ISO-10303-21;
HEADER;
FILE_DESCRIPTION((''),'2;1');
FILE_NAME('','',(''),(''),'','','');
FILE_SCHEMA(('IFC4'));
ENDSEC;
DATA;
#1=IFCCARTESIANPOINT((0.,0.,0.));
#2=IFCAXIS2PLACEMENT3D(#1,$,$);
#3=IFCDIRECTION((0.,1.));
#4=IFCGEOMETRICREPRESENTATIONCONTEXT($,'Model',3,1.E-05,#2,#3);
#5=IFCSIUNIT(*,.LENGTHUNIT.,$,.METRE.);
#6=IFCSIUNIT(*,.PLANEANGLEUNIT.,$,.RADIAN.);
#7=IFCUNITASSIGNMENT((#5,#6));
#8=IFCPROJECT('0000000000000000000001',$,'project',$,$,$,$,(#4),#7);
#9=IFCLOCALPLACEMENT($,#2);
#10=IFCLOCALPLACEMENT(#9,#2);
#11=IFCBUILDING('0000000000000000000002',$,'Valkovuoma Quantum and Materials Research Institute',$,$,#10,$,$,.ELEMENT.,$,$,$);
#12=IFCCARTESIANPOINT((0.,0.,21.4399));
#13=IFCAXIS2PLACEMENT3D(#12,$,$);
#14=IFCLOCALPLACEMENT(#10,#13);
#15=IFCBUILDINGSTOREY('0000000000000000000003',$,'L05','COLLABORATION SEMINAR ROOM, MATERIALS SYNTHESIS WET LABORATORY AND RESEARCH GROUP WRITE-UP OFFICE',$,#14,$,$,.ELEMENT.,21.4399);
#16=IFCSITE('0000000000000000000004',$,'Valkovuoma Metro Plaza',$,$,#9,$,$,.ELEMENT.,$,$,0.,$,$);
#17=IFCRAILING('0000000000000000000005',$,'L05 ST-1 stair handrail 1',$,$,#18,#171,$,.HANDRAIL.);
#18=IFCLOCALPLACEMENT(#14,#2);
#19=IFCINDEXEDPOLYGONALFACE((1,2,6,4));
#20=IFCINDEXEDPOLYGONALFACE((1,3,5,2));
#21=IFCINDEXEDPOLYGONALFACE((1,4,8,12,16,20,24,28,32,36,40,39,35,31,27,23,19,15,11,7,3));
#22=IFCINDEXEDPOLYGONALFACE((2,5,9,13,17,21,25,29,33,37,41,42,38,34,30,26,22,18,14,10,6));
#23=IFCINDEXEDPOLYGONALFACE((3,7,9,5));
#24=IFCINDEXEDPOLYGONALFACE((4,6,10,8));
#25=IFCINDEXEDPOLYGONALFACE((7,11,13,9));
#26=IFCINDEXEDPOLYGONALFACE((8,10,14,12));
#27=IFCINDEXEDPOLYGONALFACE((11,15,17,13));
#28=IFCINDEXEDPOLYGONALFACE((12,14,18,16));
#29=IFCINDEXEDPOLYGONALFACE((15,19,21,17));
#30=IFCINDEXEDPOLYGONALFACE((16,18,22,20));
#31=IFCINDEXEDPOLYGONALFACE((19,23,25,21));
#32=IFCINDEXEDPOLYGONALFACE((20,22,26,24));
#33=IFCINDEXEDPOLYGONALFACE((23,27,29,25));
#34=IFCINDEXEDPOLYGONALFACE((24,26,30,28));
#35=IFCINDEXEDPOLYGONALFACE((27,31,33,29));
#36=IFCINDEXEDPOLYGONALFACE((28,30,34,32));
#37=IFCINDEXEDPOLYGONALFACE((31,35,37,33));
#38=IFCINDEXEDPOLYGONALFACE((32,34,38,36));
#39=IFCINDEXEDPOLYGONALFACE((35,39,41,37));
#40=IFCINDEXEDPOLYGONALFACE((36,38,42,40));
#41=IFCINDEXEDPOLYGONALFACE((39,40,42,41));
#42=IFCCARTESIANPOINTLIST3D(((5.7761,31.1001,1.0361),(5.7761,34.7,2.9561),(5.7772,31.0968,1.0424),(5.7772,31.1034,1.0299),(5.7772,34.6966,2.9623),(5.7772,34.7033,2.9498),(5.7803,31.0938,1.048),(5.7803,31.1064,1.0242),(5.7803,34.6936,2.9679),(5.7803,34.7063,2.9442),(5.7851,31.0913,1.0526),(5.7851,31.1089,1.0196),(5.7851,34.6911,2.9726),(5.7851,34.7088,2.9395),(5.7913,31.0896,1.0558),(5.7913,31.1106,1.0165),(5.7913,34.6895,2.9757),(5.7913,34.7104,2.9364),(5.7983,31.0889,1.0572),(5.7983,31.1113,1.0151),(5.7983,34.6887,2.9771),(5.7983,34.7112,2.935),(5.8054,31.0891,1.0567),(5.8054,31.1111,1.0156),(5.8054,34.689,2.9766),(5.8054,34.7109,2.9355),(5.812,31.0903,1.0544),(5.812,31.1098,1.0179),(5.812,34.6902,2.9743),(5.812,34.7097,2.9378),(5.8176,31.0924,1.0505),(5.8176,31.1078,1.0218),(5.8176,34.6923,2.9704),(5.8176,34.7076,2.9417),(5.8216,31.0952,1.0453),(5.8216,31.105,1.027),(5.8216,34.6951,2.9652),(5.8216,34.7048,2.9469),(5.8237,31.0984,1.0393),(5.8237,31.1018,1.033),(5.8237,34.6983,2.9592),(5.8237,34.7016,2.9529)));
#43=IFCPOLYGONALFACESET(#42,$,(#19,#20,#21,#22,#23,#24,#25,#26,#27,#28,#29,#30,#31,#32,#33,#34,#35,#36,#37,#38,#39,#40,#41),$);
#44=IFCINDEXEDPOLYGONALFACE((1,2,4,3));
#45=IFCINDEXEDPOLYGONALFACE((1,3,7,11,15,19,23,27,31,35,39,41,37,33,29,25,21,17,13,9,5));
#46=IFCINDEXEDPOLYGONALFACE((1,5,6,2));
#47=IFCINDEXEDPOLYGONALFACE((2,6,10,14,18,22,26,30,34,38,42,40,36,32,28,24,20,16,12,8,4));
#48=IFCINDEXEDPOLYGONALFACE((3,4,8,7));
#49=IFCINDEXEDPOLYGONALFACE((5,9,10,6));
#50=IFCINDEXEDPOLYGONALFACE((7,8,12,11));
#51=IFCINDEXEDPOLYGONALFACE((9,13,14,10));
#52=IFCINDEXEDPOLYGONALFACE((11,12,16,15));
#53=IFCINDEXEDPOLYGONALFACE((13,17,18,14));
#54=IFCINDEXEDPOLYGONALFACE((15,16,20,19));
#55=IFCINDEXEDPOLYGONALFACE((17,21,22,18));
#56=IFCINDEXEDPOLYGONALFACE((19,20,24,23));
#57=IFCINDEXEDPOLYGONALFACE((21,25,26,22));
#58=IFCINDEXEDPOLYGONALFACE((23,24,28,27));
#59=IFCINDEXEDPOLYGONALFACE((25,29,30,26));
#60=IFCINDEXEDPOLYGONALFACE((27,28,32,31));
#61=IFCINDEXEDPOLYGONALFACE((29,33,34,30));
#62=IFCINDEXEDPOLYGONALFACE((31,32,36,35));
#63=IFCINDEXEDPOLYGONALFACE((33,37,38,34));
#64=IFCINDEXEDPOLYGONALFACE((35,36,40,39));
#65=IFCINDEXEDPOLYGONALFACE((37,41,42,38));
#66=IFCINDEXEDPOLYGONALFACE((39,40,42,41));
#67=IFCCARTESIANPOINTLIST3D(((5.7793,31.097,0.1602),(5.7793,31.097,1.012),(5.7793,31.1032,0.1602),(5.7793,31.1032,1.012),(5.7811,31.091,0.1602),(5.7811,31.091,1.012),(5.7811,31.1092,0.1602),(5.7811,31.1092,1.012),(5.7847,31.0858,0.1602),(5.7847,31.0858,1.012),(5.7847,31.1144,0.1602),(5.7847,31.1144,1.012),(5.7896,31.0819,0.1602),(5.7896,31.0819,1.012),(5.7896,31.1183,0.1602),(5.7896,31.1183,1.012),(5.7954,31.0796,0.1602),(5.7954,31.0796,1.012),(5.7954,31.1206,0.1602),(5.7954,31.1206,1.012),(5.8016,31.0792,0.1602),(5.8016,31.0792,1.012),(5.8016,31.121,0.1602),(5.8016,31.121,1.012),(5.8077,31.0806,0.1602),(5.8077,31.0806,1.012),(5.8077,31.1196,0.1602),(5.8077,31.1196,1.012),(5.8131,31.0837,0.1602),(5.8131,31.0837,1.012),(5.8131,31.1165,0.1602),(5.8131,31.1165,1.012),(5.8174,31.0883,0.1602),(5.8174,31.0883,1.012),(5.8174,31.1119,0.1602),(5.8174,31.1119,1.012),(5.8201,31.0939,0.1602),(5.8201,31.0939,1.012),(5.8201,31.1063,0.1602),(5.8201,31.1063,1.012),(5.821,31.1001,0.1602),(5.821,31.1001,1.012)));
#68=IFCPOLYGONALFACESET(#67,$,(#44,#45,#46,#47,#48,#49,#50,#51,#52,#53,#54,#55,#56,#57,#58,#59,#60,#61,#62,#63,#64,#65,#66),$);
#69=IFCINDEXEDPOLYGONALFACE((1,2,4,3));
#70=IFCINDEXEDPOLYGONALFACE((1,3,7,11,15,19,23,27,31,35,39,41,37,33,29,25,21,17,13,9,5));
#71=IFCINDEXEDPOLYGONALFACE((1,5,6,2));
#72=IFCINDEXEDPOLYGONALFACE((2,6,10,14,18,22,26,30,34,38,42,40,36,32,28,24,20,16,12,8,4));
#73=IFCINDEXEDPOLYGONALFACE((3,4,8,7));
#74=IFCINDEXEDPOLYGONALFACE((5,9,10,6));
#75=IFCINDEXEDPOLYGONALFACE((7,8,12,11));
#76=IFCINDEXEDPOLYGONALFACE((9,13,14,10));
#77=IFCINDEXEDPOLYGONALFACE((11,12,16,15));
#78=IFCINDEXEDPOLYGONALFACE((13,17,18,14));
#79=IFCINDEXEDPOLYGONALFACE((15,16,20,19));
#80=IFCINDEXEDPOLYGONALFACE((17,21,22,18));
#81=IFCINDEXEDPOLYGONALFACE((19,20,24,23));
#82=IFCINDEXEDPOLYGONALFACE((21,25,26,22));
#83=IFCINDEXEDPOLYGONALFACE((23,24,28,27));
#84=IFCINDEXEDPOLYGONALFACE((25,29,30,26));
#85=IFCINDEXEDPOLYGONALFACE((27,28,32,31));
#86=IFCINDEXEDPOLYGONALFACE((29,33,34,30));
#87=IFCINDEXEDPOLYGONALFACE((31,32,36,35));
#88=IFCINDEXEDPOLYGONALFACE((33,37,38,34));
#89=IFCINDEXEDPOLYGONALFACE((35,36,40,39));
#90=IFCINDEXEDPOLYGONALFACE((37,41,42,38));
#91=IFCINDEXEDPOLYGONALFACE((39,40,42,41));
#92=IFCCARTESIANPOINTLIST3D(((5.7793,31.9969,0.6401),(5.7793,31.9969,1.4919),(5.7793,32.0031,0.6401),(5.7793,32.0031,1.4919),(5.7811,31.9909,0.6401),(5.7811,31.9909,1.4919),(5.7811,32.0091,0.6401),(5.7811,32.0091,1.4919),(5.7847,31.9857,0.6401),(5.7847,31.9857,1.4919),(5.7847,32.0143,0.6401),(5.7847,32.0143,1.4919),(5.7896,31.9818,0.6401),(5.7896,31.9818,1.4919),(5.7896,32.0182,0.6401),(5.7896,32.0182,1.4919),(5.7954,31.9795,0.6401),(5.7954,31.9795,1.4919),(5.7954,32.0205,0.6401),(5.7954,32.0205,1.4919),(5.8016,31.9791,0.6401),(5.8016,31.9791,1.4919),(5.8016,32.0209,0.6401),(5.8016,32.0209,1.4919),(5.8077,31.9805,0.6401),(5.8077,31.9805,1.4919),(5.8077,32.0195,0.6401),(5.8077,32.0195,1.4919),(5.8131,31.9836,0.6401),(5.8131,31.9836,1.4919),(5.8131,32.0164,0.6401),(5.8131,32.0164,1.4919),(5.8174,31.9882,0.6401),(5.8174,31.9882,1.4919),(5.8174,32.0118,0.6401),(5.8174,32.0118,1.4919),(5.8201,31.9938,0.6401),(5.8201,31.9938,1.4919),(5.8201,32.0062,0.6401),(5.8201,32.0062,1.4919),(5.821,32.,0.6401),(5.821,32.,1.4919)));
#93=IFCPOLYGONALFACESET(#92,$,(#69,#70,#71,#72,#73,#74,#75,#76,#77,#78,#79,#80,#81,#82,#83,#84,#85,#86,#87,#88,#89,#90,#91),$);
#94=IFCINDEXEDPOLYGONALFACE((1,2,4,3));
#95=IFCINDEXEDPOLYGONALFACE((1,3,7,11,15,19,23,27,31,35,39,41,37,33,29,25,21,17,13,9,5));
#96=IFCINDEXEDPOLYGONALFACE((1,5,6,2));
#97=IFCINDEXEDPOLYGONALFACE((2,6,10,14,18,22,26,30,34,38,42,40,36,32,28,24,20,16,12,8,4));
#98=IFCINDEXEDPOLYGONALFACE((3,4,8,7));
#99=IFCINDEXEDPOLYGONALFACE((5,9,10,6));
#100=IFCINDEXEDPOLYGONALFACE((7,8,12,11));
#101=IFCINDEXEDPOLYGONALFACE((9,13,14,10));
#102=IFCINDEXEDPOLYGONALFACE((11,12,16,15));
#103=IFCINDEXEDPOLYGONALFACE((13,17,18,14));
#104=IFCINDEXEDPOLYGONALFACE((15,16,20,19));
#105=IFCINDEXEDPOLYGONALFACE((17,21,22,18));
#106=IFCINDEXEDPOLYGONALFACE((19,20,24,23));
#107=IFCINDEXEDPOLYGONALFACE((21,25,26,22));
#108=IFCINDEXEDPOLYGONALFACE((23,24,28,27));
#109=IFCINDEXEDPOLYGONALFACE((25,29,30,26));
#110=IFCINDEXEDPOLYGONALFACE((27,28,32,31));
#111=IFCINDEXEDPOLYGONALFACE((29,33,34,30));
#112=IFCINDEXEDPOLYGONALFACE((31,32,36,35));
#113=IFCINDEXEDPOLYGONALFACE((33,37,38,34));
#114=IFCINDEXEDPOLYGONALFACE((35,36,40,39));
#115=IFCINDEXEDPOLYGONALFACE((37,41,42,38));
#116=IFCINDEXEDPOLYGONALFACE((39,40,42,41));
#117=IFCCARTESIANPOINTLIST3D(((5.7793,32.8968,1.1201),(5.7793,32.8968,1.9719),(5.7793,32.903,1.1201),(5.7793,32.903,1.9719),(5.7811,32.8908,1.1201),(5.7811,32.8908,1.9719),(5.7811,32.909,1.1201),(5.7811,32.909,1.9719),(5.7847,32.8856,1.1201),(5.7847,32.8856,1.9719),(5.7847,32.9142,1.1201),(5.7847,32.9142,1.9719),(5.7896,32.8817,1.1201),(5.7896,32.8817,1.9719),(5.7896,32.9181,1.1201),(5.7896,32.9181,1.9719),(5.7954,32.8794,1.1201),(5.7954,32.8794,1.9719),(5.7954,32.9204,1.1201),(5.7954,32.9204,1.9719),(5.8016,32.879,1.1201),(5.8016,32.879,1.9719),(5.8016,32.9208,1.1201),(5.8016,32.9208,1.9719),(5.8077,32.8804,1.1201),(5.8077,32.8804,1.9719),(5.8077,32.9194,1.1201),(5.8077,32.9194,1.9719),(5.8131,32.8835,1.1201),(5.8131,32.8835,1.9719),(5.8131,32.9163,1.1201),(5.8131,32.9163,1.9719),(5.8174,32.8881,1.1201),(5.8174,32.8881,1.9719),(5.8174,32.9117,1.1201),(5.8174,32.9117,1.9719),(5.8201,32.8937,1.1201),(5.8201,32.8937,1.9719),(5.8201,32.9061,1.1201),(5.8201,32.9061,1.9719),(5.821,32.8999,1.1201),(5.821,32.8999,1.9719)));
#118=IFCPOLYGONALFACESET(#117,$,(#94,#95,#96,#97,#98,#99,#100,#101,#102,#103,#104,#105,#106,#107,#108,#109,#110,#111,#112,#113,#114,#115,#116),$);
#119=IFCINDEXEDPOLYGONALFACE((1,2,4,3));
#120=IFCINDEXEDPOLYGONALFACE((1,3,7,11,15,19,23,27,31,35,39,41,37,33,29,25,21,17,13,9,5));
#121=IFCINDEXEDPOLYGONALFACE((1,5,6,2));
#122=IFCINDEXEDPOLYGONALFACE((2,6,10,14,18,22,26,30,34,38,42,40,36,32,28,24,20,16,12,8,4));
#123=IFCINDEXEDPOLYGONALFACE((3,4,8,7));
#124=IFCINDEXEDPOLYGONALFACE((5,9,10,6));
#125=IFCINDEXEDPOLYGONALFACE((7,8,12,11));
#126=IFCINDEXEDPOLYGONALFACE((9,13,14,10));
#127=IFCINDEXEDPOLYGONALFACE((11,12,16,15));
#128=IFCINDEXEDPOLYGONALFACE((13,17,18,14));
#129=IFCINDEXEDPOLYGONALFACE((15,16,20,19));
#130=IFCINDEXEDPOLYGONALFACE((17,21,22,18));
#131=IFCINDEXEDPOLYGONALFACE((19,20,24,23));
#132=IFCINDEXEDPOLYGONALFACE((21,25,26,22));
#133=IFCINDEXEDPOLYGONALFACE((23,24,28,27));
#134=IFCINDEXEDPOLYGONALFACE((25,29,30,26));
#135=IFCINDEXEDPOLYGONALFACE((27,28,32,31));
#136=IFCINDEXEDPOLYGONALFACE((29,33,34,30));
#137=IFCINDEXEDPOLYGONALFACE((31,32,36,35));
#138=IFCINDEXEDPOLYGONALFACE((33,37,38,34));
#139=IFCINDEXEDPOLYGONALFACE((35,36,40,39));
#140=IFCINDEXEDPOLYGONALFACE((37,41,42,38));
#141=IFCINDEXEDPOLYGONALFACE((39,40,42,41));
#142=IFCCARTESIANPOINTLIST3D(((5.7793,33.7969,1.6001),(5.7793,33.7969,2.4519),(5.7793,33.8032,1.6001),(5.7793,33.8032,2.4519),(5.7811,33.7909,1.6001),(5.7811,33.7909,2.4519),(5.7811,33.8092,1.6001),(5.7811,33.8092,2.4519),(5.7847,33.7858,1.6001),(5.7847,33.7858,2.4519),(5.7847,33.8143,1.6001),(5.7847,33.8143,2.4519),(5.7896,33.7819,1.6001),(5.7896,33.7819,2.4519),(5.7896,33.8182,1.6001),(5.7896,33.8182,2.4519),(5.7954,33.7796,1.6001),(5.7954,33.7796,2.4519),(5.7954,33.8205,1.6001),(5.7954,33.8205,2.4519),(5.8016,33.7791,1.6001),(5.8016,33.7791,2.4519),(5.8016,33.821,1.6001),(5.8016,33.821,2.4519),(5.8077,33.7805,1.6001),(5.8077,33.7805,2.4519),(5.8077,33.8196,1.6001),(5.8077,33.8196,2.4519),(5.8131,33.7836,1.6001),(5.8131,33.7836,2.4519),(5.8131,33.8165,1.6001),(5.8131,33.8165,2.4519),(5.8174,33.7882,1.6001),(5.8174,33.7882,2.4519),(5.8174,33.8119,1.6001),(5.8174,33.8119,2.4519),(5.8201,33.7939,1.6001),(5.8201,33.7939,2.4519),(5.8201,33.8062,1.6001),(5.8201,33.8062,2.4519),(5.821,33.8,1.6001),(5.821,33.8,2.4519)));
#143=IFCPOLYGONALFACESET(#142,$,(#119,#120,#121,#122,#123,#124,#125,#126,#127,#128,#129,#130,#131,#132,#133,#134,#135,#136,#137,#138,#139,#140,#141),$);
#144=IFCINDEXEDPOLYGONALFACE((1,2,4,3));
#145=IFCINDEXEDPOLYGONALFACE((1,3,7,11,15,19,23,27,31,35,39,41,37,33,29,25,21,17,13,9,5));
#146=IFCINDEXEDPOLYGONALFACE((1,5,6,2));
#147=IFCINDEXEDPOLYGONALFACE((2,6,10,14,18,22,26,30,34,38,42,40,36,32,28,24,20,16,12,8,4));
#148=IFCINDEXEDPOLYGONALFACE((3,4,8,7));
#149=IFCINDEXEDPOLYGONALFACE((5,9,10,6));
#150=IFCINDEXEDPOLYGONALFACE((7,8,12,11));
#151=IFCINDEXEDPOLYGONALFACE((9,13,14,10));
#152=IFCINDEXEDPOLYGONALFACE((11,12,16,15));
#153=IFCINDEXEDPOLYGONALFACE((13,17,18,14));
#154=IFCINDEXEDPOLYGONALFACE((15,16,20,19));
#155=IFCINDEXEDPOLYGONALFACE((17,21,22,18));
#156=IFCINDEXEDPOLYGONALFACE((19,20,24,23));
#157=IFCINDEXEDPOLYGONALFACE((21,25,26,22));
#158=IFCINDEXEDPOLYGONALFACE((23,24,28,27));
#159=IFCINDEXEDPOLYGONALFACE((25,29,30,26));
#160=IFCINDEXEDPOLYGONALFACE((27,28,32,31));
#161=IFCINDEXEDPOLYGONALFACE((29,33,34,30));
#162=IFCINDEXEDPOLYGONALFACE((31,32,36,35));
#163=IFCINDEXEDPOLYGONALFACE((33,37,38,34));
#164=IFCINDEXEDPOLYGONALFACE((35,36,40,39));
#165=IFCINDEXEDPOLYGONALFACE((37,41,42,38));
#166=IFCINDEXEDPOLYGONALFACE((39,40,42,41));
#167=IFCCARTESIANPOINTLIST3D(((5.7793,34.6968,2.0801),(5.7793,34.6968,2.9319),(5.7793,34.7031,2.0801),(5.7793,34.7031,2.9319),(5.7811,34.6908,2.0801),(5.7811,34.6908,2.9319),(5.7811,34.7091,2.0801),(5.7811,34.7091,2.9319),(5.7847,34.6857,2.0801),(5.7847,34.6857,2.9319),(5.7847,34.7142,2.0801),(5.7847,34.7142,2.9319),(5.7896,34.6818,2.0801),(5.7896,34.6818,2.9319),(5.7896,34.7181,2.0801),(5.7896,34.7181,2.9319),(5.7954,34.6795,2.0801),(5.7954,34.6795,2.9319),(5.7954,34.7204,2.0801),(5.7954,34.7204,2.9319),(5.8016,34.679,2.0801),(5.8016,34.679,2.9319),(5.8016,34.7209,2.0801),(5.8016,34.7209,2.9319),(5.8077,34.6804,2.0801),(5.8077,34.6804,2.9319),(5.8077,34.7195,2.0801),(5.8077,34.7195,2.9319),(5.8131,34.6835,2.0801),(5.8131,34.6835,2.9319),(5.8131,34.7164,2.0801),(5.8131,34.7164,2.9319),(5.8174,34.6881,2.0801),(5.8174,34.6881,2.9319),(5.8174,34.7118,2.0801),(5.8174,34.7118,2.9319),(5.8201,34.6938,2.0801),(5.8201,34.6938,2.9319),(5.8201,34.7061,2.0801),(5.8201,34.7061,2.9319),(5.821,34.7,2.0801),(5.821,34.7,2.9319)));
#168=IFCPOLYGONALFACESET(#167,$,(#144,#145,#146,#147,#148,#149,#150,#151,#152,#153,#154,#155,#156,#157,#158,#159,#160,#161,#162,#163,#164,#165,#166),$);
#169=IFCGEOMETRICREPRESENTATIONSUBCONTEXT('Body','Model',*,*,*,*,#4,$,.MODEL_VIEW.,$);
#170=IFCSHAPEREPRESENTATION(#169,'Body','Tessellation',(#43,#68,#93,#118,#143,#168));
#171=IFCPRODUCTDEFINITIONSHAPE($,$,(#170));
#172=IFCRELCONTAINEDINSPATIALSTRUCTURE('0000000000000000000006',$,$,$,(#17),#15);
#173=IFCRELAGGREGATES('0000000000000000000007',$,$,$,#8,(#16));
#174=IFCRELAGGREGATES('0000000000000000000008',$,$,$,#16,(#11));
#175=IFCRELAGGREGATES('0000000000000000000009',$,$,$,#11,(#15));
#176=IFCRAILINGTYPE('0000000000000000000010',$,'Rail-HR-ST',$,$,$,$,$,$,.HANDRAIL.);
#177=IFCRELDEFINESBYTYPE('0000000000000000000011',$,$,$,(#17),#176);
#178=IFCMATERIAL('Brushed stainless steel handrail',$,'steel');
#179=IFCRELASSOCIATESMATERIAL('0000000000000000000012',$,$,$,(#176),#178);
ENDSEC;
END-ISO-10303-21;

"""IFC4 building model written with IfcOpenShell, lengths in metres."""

from ifc_helpers import new_model, si_unit, direction, frame, origin, origin_2d, place, context, subcontext, project, spatial, circle, extrude, material, type_object, element, save


model = new_model("IFC4")

# Units and contexts
model_context = context("Model", 3, precision=1e-05, world=origin(), true_north=direction((0.0, 1.0)))
body_context = subcontext(model_context, "Body", "Model", "MODEL_VIEW")
ifc_project = project(units=[si_unit("LENGTHUNIT", "METRE"), si_unit("PLANEANGLEUNIT", "RADIAN")], contexts=[model_context])

# Site, building, storey
site_placement = place(None, origin())
site = spatial("IfcSite", under=ifc_project, at=site_placement, Name="Valkovuoma Metro Plaza", CompositionType="ELEMENT", RefElevation=0.0)
building_placement = place(site_placement, origin())
building = spatial("IfcBuilding", under=site, at=building_placement, Name="Valkovuoma Quantum and Materials Research Institute", CompositionType="ELEMENT")
storey_placement = place(building_placement, frame((0.0, 0.0, 21.4399)))
storey = spatial("IfcBuildingStorey", under=building, at=storey_placement, Name="L05", Description="COLLABORATION SEMINAR ROOM, MATERIALS SYNTHESIS WET LABORATORY AND RESEARCH GROUP WRITE-UP OFFICE", CompositionType="ELEMENT", Elevation=21.4399)

# Railing
ifc_material_1 = material(Name="Brushed stainless steel handrail", Category="steel")
railing_type_1 = type_object("IfcRailingType", Name="Rail-HR-ST", PredefinedType="HANDRAIL", material=ifc_material_1)
railing_1_placement = place(storey_placement, frame((5.8, 31.1001, 0.1602)))
element("IfcRailing", 1, at=railing_1_placement, inside=storey, type_object=railing_type_1, Name="L05 ST-1 stair handrail 1", PredefinedType="HANDRAIL", context=body_context, shape_type="SweptSolid", body=[
    extrude(circle(Radius=0.0239, at=origin_2d()), frame((0.0, 0.0, 0.876), z_axis=(0.0, 0.882353, 0.470588), x_axis=(-1.0, 0.0, 0.0)), (0.0, 0.0, 1.0), 4.0798),
    extrude(circle(Radius=0.021, at=origin_2d()), origin(), (0.0, 0.0, 1.0), 0.8518),
    extrude(circle(Radius=0.021, at=origin_2d()), frame((0.0, 0.8999, 0.48)), (0.0, 0.0, 1.0), 0.8518),
    extrude(circle(Radius=0.021, at=origin_2d()), frame((0.0, 1.7998, 0.96)), (0.0, 0.0, 1.0), 0.8518),
    extrude(circle(Radius=0.021, at=origin_2d()), frame((0.0, 2.7, 1.4399)), (0.0, 0.0, 1.0), 0.8518),
    extrude(circle(Radius=0.021, at=origin_2d()), frame((0.0, 3.5999, 1.9199)), (0.0, 0.0, 1.0), 0.8518),
])

save(model, "model.ifc")
